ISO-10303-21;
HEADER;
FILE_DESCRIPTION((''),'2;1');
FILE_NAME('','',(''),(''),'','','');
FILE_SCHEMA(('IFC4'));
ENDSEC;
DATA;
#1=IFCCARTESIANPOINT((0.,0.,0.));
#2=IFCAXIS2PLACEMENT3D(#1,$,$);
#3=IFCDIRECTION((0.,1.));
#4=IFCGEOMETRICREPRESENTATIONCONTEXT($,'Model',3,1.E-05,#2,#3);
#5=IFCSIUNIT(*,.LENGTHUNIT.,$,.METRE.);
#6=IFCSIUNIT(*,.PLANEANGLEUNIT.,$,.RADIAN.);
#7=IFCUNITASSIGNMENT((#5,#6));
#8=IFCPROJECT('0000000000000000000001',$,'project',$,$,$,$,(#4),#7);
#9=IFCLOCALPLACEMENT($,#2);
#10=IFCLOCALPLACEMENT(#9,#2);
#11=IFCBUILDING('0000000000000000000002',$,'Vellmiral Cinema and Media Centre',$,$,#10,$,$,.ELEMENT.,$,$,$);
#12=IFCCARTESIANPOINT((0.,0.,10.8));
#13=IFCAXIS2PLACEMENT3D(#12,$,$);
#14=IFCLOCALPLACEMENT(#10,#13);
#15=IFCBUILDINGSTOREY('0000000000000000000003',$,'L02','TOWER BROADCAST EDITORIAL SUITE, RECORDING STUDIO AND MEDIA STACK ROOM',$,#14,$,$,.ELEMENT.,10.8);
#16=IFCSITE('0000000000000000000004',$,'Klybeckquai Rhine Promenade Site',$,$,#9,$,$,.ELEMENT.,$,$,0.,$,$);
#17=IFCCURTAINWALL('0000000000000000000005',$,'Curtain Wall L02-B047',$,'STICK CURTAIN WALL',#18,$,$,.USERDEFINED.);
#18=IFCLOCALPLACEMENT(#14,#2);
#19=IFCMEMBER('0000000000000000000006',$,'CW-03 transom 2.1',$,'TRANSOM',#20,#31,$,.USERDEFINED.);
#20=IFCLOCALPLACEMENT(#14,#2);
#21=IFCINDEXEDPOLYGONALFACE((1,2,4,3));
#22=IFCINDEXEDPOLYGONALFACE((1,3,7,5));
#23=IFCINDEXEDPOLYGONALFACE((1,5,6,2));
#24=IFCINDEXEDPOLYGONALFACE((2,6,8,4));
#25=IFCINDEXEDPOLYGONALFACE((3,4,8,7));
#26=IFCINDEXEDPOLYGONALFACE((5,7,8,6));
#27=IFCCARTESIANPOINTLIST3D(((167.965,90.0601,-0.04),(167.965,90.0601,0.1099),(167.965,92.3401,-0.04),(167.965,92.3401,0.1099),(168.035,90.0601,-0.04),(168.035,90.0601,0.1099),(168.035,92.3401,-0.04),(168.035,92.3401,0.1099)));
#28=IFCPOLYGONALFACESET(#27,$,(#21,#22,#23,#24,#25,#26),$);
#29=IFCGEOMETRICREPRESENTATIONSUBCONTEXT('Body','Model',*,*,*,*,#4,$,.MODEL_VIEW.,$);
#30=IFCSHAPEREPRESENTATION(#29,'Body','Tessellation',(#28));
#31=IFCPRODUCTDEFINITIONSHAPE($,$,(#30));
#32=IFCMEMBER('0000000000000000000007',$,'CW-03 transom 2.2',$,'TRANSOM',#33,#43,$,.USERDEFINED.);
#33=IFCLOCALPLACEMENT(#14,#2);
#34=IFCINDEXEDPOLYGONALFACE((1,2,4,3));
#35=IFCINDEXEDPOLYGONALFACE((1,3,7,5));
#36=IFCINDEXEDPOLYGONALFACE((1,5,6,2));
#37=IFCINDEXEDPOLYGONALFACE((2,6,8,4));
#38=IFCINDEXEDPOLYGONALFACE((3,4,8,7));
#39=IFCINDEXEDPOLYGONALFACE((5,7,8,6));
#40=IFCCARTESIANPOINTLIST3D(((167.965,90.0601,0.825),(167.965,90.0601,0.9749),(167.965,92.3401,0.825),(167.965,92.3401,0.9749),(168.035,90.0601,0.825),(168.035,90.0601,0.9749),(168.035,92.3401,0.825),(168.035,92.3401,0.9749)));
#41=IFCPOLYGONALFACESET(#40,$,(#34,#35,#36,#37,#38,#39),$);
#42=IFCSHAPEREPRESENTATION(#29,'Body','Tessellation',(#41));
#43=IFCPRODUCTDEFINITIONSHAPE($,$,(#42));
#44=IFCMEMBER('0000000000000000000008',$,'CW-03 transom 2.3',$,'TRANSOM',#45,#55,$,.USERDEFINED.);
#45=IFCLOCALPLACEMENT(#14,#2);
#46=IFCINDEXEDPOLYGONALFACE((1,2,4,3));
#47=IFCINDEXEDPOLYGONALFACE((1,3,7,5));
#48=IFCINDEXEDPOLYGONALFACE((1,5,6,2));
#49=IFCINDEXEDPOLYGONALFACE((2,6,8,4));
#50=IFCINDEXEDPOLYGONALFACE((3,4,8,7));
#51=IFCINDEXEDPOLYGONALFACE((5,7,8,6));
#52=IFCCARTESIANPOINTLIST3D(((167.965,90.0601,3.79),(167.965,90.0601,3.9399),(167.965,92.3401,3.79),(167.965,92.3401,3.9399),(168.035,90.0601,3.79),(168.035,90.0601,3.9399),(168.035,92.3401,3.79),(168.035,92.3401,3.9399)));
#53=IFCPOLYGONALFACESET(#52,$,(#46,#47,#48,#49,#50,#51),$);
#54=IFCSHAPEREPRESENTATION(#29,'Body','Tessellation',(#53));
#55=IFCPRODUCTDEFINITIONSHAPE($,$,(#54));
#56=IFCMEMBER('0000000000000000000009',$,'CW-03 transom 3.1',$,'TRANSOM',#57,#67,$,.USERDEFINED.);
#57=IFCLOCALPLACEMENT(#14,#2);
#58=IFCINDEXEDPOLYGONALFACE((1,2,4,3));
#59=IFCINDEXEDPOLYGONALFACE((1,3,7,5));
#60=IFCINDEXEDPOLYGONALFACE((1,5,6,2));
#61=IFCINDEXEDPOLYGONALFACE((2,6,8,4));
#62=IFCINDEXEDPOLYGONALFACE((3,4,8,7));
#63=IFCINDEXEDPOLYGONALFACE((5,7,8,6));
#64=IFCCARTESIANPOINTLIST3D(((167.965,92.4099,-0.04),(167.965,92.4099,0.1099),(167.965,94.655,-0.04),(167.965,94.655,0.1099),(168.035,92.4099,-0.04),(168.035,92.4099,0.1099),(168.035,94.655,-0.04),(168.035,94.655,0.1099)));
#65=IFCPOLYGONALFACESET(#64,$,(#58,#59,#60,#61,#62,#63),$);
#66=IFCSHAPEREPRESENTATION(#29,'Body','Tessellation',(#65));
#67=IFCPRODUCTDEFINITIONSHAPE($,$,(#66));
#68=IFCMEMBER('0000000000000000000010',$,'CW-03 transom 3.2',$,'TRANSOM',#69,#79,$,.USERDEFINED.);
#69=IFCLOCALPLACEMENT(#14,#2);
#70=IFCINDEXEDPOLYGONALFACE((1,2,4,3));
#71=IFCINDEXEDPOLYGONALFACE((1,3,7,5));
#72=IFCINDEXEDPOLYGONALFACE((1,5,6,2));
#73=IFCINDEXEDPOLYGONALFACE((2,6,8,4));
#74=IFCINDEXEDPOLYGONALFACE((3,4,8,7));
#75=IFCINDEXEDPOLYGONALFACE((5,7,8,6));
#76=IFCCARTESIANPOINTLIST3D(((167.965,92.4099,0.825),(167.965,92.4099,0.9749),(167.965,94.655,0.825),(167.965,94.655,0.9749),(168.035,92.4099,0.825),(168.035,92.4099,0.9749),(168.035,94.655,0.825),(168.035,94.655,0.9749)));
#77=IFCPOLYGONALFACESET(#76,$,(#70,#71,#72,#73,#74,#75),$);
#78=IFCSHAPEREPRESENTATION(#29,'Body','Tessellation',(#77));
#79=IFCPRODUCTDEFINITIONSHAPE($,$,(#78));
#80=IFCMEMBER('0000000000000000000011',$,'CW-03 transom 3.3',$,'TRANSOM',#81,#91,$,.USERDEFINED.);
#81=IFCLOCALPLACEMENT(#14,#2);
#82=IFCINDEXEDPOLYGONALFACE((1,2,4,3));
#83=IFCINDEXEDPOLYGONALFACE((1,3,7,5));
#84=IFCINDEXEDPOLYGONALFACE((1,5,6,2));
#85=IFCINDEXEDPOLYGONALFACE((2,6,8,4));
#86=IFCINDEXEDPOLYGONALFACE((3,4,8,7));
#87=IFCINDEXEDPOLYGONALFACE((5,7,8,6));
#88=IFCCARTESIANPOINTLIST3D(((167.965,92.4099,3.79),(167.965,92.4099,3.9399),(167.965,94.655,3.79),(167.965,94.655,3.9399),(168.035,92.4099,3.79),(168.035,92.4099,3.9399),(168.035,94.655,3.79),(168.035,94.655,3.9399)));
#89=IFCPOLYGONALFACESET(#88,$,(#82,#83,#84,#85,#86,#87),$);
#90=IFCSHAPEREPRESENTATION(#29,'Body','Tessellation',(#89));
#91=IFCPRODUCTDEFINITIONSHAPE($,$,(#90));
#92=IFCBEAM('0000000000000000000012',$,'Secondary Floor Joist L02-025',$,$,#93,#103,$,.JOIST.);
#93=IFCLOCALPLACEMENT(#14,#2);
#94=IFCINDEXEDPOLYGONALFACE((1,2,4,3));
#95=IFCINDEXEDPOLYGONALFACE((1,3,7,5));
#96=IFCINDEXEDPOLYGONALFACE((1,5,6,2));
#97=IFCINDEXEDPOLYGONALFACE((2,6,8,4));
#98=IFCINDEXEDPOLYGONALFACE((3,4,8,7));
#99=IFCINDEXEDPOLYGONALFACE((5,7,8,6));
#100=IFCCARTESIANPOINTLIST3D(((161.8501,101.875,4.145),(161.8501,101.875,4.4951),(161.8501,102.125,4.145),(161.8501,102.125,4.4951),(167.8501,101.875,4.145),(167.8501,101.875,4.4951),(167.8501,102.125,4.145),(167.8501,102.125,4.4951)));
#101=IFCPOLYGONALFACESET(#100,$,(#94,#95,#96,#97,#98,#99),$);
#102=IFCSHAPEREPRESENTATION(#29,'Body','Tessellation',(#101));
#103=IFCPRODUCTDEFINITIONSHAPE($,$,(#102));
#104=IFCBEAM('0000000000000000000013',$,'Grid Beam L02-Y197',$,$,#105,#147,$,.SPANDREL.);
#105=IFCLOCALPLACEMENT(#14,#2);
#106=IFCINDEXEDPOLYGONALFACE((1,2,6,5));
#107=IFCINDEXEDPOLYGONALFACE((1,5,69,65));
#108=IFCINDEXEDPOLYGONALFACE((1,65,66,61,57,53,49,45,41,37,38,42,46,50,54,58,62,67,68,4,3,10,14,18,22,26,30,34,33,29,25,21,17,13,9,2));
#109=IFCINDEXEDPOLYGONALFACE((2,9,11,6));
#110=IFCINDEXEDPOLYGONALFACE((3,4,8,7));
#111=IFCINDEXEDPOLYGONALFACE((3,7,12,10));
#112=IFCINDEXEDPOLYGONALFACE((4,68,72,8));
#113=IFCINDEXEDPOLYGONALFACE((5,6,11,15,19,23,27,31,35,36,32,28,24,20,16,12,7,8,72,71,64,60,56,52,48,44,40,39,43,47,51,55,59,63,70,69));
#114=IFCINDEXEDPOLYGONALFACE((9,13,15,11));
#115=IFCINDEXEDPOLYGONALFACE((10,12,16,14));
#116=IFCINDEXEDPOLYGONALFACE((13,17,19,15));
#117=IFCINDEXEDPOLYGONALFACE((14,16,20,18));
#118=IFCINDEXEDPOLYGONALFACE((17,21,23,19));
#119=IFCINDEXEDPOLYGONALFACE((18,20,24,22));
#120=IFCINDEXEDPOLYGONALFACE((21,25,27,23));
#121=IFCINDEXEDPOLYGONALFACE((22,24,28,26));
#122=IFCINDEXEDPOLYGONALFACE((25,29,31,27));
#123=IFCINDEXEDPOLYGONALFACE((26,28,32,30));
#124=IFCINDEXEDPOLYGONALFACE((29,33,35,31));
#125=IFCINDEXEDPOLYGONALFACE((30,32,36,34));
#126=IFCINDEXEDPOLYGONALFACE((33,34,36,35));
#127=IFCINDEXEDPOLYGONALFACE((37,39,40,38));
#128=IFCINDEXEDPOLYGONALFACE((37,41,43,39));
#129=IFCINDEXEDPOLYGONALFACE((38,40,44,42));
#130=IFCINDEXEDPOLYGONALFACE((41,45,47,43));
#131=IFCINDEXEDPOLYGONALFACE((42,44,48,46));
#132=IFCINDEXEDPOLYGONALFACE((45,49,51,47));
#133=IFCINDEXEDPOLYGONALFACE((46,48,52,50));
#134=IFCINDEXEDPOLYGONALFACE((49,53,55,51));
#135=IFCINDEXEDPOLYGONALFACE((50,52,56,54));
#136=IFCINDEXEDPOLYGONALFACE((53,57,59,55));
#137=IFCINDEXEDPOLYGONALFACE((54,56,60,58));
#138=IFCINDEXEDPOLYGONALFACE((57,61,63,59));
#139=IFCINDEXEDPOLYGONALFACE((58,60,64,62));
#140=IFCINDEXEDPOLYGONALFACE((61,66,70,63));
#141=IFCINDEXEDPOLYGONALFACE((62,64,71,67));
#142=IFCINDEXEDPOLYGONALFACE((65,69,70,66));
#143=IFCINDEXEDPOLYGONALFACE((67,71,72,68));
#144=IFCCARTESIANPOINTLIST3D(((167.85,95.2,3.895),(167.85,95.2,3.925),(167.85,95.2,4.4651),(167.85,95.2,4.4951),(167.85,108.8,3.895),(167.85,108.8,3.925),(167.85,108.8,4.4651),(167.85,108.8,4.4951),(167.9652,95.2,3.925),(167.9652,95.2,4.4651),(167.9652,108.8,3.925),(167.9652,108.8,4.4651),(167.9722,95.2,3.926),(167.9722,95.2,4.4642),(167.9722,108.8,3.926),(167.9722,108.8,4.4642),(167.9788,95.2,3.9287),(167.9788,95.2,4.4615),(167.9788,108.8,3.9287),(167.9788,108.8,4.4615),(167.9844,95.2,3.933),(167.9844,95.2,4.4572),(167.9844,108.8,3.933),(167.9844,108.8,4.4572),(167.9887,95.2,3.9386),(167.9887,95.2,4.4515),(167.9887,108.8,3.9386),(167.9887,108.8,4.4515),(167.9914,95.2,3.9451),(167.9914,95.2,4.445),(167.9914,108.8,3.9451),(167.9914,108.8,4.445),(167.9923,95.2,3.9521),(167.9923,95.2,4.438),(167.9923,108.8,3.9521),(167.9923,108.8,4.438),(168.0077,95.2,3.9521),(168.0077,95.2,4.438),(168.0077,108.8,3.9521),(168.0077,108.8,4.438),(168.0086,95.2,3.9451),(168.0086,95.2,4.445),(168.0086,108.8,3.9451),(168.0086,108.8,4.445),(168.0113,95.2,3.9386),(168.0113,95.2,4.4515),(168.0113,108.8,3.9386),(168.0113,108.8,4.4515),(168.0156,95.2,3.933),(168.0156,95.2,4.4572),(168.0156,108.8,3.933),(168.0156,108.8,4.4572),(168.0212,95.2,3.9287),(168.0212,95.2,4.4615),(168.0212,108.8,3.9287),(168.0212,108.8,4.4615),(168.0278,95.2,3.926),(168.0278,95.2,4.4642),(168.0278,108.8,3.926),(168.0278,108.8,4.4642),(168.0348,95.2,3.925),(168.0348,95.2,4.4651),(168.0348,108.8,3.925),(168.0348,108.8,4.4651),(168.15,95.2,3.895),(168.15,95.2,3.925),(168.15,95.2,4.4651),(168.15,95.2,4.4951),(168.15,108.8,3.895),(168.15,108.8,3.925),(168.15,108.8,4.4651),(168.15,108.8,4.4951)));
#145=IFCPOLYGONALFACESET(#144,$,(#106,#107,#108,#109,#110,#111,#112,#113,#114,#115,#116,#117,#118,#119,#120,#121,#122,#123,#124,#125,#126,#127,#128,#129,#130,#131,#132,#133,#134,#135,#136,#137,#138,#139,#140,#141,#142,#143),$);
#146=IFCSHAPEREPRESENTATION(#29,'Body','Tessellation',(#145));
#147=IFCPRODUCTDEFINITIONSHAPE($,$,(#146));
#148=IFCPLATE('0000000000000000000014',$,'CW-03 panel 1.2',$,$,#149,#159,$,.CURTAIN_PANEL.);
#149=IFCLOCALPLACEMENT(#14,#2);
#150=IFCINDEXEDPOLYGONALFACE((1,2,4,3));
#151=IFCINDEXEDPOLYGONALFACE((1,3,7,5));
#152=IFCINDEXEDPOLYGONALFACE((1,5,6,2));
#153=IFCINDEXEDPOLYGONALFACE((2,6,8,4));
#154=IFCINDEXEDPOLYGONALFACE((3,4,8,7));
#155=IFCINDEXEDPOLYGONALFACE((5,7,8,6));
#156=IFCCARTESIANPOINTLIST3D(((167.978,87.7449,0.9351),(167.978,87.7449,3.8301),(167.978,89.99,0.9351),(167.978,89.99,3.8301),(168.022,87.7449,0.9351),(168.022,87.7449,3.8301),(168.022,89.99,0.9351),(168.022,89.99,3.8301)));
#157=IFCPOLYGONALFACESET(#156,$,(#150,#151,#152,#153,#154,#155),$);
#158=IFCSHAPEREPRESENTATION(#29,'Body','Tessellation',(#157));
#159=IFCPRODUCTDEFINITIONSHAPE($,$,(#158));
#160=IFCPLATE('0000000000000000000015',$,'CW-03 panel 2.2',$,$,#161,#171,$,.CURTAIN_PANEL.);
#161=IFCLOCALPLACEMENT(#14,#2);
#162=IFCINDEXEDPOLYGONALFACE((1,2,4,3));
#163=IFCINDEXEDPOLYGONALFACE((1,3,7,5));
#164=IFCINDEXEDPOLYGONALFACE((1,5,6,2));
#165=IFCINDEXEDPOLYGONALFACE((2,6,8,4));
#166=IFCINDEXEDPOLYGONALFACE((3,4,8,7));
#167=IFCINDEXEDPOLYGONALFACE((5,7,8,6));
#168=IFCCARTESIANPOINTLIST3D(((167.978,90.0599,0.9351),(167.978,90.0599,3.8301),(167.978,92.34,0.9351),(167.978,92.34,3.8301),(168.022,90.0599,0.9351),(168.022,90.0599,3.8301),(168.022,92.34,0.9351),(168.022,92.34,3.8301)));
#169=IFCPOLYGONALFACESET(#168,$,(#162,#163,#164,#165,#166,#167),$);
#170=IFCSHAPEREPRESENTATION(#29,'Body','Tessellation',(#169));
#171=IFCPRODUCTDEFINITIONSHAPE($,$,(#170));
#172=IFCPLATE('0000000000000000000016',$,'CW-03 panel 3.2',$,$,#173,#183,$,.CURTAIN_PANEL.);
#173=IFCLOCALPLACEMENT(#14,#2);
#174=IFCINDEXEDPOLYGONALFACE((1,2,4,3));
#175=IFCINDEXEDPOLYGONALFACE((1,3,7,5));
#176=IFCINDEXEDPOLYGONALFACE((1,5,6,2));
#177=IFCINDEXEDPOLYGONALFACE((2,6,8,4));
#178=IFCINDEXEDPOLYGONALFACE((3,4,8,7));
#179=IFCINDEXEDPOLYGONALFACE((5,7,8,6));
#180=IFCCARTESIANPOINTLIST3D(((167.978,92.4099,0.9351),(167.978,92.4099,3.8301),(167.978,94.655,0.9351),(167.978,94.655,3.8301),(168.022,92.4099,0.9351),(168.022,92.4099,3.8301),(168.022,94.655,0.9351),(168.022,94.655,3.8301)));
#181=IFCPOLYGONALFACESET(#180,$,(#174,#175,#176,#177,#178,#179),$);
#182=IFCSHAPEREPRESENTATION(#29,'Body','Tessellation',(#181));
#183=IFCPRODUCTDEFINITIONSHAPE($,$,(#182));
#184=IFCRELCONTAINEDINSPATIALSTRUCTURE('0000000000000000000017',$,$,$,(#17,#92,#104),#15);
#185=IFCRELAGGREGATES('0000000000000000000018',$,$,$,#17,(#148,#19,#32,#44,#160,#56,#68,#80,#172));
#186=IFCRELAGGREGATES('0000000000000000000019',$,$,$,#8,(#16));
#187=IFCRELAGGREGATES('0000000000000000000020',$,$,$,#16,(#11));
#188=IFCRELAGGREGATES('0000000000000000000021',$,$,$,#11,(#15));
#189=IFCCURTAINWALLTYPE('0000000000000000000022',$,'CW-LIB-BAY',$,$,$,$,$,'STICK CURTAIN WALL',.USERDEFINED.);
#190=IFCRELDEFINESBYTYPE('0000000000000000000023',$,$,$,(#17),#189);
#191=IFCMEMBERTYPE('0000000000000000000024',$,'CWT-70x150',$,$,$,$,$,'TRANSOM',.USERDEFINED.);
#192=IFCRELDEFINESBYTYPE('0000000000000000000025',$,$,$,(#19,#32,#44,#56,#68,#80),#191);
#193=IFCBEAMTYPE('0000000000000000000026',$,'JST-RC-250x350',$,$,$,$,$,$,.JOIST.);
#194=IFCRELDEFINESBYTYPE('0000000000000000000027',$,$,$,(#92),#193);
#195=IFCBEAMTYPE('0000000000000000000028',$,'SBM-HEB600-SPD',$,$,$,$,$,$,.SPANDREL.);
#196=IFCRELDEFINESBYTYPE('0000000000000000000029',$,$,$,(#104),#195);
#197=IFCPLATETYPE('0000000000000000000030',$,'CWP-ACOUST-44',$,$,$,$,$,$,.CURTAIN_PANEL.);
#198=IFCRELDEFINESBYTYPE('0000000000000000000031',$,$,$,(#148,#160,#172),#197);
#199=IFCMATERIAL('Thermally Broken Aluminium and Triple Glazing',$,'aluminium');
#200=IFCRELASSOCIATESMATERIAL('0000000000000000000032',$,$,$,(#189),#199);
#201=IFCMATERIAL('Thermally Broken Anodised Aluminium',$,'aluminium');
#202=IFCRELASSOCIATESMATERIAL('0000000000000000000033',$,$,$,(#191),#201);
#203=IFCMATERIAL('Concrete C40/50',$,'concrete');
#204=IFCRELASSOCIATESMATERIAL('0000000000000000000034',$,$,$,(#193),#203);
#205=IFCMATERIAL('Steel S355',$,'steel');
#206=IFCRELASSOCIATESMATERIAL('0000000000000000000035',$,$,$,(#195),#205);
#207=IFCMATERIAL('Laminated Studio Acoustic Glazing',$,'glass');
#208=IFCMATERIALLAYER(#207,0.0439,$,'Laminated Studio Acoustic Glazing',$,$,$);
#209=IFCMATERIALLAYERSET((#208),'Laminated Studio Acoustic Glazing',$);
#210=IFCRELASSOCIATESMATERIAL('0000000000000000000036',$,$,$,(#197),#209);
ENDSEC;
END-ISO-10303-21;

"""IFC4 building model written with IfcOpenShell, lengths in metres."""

from ifc_helpers import new_model, si_unit, direction, frame, origin, origin_2d, place, context, subcontext, project, spatial, rectangle, i_section, extrude, material, layer, layer_set, material_profile, profile_set, type_object, element, aggregate, save


model = new_model("IFC4")

# Units and contexts
model_context = context("Model", 3, precision=1e-05, world=origin(), true_north=direction((0.0, 1.0)))
body_context = subcontext(model_context, "Body", "Model", "MODEL_VIEW")
ifc_project = project(units=[si_unit("LENGTHUNIT", "METRE"), si_unit("PLANEANGLEUNIT", "RADIAN")], contexts=[model_context])

# Site, building, storey
site_placement = place(None, origin())
site = spatial("IfcSite", under=ifc_project, at=site_placement, Name="Klybeckquai Rhine Promenade Site", CompositionType="ELEMENT", RefElevation=0.0)
building_placement = place(site_placement, origin())
building = spatial("IfcBuilding", under=site, at=building_placement, Name="Vellmiral Cinema and Media Centre", CompositionType="ELEMENT")
storey_placement = place(building_placement, frame((0.0, 0.0, 10.8)))
storey = spatial("IfcBuildingStorey", under=building, at=storey_placement, Name="L02", Description="TOWER BROADCAST EDITORIAL SUITE, RECORDING STUDIO AND MEDIA STACK ROOM", CompositionType="ELEMENT", Elevation=10.8)

# Curtain wall, members
ifc_material_1 = material(Name="Thermally Broken Aluminium and Triple Glazing", Category="aluminium")
curtain_wall_type = type_object("IfcCurtainWallType", Name="CW-LIB-BAY", ElementType="STICK CURTAIN WALL", PredefinedType="USERDEFINED", material=ifc_material_1)
curtain_wall_placement = place(storey_placement, origin())
curtain_wall = element("IfcCurtainWall", 1, at=curtain_wall_placement, inside=storey, type_object=curtain_wall_type, Name="Curtain Wall L02-B047", ObjectType="STICK CURTAIN WALL", PredefinedType="USERDEFINED")
ifc_material_2 = material(Name="Thermally Broken Anodised Aluminium", Category="aluminium")
ifc_material_profile_1 = material_profile(ifc_material_2, rectangle(XDim=0.0701, YDim=0.1499, at=origin_2d()), Name="MULL 70x150")
ifc_profile_set_1 = profile_set([ifc_material_profile_1], Name="Thermally Broken Anodised Aluminium")
member_type_1 = type_object("IfcMemberType", Name="CWT-70x150", ElementType="TRANSOM", PredefinedType="USERDEFINED", material=ifc_profile_set_1)
member_1_placement = place(storey_placement, frame((168.0, 90.0601, 0.0349), z_axis=(0.0, 1.0, 0.0), x_axis=(-1.0, 0.0, 0.0)))
member_1 = element("IfcMember", 2, at=member_1_placement, type_object=member_type_1, Name="CW-03 transom 2.1", ObjectType="TRANSOM", PredefinedType="USERDEFINED", context=body_context, shape_type="SweptSolid", body=[
    extrude(rectangle(XDim=0.0701, YDim=0.1499, at=origin_2d()), origin(), (0.0, 0.0, 1.0), 2.28),
])
member_2_placement = place(storey_placement, frame((168.0, 90.0601, 0.8999), z_axis=(0.0, 1.0, 0.0), x_axis=(-1.0, 0.0, 0.0)))
member_2 = element("IfcMember", 3, at=member_2_placement, type_object=member_type_1, Name="CW-03 transom 2.2", ObjectType="TRANSOM", PredefinedType="USERDEFINED", context=body_context, shape_type="SweptSolid", body=[
    extrude(rectangle(XDim=0.0701, YDim=0.1499, at=origin_2d()), origin(), (0.0, 0.0, 1.0), 2.28),
])
member_3_placement = place(storey_placement, frame((168.0, 90.0601, 3.865), z_axis=(0.0, 1.0, 0.0), x_axis=(-1.0, 0.0, 0.0)))
member_3 = element("IfcMember", 4, at=member_3_placement, type_object=member_type_1, Name="CW-03 transom 2.3", ObjectType="TRANSOM", PredefinedType="USERDEFINED", context=body_context, shape_type="SweptSolid", body=[
    extrude(rectangle(XDim=0.0701, YDim=0.1499, at=origin_2d()), origin(), (0.0, 0.0, 1.0), 2.28),
])
member_4_placement = place(storey_placement, frame((168.0, 92.4099, 0.0349), z_axis=(0.0, 1.0, 0.0), x_axis=(-1.0, 0.0, 0.0)))
member_4 = element("IfcMember", 5, at=member_4_placement, type_object=member_type_1, Name="CW-03 transom 3.1", ObjectType="TRANSOM", PredefinedType="USERDEFINED", context=body_context, shape_type="SweptSolid", body=[
    extrude(rectangle(XDim=0.0701, YDim=0.1499, at=origin_2d()), origin(), (0.0, 0.0, 1.0), 2.2451),
])
member_5_placement = place(storey_placement, frame((168.0, 92.4099, 0.8999), z_axis=(0.0, 1.0, 0.0), x_axis=(-1.0, 0.0, 0.0)))
member_5 = element("IfcMember", 6, at=member_5_placement, type_object=member_type_1, Name="CW-03 transom 3.2", ObjectType="TRANSOM", PredefinedType="USERDEFINED", context=body_context, shape_type="SweptSolid", body=[
    extrude(rectangle(XDim=0.0701, YDim=0.1499, at=origin_2d()), origin(), (0.0, 0.0, 1.0), 2.2451),
])
member_6_placement = place(storey_placement, frame((168.0, 92.4099, 3.865), z_axis=(0.0, 1.0, 0.0), x_axis=(-1.0, 0.0, 0.0)))
member_6 = element("IfcMember", 7, at=member_6_placement, type_object=member_type_1, Name="CW-03 transom 3.3", ObjectType="TRANSOM", PredefinedType="USERDEFINED", context=body_context, shape_type="SweptSolid", body=[
    extrude(rectangle(XDim=0.0701, YDim=0.1499, at=origin_2d()), origin(), (0.0, 0.0, 1.0), 2.2451),
])

# Beams
ifc_material_3 = material(Name="Concrete C40/50", Category="concrete")
ifc_material_profile_2 = material_profile(ifc_material_3, rectangle(XDim=0.25, YDim=0.3501, at=origin_2d()), Name="RC 250x350")
ifc_profile_set_2 = profile_set([ifc_material_profile_2], Name="Concrete C40/50")
beam_type_1 = type_object("IfcBeamType", Name="JST-RC-250x350", PredefinedType="JOIST", material=ifc_profile_set_2)
beam_1_placement = place(storey_placement, frame((161.8501, 102.0, 4.3201), z_axis=(1.0, 0.0, 0.0), x_axis=(0.0, 1.0, 0.0)))
element("IfcBeam", 8, at=beam_1_placement, inside=storey, type_object=beam_type_1, Name="Secondary Floor Joist L02-025", PredefinedType="JOIST", context=body_context, shape_type="SweptSolid", body=[
    extrude(rectangle(XDim=0.25, YDim=0.3501, at=origin_2d()), origin(), (0.0, 0.0, 1.0), 6.0),
])
ifc_material_4 = material(Name="Steel S355", Category="steel")
ifc_material_profile_3 = material_profile(ifc_material_4, i_section(OverallWidth=0.3, OverallDepth=0.6001, WebThickness=0.0154, FlangeThickness=0.03, FilletRadius=0.0271, at=origin_2d()), Name="HEB 600")
ifc_profile_set_3 = profile_set([ifc_material_profile_3], Name="Steel S355")
beam_type_2 = type_object("IfcBeamType", Name="SBM-HEB600-SPD", PredefinedType="SPANDREL", material=ifc_profile_set_3)
beam_2_placement = place(storey_placement, frame((168.0, 95.2, 4.1951), z_axis=(0.0, 1.0, 0.0), x_axis=(-1.0, 0.0, 0.0)))
element("IfcBeam", 9, at=beam_2_placement, inside=storey, type_object=beam_type_2, Name="Grid Beam L02-Y197", PredefinedType="SPANDREL", context=body_context, shape_type="SweptSolid", body=[
    extrude(i_section(OverallWidth=0.3, OverallDepth=0.6001, WebThickness=0.0154, FlangeThickness=0.03, FilletRadius=0.0271, at=origin_2d()), origin(), (0.0, 0.0, 1.0), 13.6001),
])

# Plates
ifc_material_5 = material(Name="Laminated Studio Acoustic Glazing", Category="glass")
ifc_layer_1 = layer(ifc_material_5, 0.0439, Name="Laminated Studio Acoustic Glazing")
ifc_layer_set_1 = layer_set([ifc_layer_1], Name="Laminated Studio Acoustic Glazing")
plate_type_1 = type_object("IfcPlateType", Name="CWP-ACOUST-44", PredefinedType="CURTAIN_PANEL", material=ifc_layer_set_1)
plate_1_placement = place(storey_placement, frame((168.0, 88.8674, 0.9351), z_axis=(0.0, 0.0, 1.0), x_axis=(0.0, 1.0, 0.0)))
plate_1 = element("IfcPlate", 10, at=plate_1_placement, type_object=plate_type_1, Name="CW-03 panel 1.2", PredefinedType="CURTAIN_PANEL", context=body_context, shape_type="SweptSolid", body=[
    extrude(rectangle(XDim=2.2451, YDim=0.0439, at=origin_2d()), origin(), (0.0, 0.0, 1.0), 2.895),
])
plate_2_placement = place(storey_placement, frame((168.0, 91.2, 0.9351), z_axis=(0.0, 0.0, 1.0), x_axis=(0.0, 1.0, 0.0)))
plate_2 = element("IfcPlate", 11, at=plate_2_placement, type_object=plate_type_1, Name="CW-03 panel 2.2", PredefinedType="CURTAIN_PANEL", context=body_context, shape_type="SweptSolid", body=[
    extrude(rectangle(XDim=2.28, YDim=0.0439, at=origin_2d()), origin(), (0.0, 0.0, 1.0), 2.895),
])
plate_3_placement = place(storey_placement, frame((168.0, 93.5325, 0.9351), z_axis=(0.0, 0.0, 1.0), x_axis=(0.0, 1.0, 0.0)))
plate_3 = element("IfcPlate", 12, at=plate_3_placement, type_object=plate_type_1, Name="CW-03 panel 3.2", PredefinedType="CURTAIN_PANEL", context=body_context, shape_type="SweptSolid", body=[
    extrude(rectangle(XDim=2.2451, YDim=0.0439, at=origin_2d()), origin(), (0.0, 0.0, 1.0), 2.895),
])
aggregate(curtain_wall, [plate_1, member_1, member_2, member_3, plate_2, member_4, member_5, member_6, plate_3])

save(model, "model.ifc")
